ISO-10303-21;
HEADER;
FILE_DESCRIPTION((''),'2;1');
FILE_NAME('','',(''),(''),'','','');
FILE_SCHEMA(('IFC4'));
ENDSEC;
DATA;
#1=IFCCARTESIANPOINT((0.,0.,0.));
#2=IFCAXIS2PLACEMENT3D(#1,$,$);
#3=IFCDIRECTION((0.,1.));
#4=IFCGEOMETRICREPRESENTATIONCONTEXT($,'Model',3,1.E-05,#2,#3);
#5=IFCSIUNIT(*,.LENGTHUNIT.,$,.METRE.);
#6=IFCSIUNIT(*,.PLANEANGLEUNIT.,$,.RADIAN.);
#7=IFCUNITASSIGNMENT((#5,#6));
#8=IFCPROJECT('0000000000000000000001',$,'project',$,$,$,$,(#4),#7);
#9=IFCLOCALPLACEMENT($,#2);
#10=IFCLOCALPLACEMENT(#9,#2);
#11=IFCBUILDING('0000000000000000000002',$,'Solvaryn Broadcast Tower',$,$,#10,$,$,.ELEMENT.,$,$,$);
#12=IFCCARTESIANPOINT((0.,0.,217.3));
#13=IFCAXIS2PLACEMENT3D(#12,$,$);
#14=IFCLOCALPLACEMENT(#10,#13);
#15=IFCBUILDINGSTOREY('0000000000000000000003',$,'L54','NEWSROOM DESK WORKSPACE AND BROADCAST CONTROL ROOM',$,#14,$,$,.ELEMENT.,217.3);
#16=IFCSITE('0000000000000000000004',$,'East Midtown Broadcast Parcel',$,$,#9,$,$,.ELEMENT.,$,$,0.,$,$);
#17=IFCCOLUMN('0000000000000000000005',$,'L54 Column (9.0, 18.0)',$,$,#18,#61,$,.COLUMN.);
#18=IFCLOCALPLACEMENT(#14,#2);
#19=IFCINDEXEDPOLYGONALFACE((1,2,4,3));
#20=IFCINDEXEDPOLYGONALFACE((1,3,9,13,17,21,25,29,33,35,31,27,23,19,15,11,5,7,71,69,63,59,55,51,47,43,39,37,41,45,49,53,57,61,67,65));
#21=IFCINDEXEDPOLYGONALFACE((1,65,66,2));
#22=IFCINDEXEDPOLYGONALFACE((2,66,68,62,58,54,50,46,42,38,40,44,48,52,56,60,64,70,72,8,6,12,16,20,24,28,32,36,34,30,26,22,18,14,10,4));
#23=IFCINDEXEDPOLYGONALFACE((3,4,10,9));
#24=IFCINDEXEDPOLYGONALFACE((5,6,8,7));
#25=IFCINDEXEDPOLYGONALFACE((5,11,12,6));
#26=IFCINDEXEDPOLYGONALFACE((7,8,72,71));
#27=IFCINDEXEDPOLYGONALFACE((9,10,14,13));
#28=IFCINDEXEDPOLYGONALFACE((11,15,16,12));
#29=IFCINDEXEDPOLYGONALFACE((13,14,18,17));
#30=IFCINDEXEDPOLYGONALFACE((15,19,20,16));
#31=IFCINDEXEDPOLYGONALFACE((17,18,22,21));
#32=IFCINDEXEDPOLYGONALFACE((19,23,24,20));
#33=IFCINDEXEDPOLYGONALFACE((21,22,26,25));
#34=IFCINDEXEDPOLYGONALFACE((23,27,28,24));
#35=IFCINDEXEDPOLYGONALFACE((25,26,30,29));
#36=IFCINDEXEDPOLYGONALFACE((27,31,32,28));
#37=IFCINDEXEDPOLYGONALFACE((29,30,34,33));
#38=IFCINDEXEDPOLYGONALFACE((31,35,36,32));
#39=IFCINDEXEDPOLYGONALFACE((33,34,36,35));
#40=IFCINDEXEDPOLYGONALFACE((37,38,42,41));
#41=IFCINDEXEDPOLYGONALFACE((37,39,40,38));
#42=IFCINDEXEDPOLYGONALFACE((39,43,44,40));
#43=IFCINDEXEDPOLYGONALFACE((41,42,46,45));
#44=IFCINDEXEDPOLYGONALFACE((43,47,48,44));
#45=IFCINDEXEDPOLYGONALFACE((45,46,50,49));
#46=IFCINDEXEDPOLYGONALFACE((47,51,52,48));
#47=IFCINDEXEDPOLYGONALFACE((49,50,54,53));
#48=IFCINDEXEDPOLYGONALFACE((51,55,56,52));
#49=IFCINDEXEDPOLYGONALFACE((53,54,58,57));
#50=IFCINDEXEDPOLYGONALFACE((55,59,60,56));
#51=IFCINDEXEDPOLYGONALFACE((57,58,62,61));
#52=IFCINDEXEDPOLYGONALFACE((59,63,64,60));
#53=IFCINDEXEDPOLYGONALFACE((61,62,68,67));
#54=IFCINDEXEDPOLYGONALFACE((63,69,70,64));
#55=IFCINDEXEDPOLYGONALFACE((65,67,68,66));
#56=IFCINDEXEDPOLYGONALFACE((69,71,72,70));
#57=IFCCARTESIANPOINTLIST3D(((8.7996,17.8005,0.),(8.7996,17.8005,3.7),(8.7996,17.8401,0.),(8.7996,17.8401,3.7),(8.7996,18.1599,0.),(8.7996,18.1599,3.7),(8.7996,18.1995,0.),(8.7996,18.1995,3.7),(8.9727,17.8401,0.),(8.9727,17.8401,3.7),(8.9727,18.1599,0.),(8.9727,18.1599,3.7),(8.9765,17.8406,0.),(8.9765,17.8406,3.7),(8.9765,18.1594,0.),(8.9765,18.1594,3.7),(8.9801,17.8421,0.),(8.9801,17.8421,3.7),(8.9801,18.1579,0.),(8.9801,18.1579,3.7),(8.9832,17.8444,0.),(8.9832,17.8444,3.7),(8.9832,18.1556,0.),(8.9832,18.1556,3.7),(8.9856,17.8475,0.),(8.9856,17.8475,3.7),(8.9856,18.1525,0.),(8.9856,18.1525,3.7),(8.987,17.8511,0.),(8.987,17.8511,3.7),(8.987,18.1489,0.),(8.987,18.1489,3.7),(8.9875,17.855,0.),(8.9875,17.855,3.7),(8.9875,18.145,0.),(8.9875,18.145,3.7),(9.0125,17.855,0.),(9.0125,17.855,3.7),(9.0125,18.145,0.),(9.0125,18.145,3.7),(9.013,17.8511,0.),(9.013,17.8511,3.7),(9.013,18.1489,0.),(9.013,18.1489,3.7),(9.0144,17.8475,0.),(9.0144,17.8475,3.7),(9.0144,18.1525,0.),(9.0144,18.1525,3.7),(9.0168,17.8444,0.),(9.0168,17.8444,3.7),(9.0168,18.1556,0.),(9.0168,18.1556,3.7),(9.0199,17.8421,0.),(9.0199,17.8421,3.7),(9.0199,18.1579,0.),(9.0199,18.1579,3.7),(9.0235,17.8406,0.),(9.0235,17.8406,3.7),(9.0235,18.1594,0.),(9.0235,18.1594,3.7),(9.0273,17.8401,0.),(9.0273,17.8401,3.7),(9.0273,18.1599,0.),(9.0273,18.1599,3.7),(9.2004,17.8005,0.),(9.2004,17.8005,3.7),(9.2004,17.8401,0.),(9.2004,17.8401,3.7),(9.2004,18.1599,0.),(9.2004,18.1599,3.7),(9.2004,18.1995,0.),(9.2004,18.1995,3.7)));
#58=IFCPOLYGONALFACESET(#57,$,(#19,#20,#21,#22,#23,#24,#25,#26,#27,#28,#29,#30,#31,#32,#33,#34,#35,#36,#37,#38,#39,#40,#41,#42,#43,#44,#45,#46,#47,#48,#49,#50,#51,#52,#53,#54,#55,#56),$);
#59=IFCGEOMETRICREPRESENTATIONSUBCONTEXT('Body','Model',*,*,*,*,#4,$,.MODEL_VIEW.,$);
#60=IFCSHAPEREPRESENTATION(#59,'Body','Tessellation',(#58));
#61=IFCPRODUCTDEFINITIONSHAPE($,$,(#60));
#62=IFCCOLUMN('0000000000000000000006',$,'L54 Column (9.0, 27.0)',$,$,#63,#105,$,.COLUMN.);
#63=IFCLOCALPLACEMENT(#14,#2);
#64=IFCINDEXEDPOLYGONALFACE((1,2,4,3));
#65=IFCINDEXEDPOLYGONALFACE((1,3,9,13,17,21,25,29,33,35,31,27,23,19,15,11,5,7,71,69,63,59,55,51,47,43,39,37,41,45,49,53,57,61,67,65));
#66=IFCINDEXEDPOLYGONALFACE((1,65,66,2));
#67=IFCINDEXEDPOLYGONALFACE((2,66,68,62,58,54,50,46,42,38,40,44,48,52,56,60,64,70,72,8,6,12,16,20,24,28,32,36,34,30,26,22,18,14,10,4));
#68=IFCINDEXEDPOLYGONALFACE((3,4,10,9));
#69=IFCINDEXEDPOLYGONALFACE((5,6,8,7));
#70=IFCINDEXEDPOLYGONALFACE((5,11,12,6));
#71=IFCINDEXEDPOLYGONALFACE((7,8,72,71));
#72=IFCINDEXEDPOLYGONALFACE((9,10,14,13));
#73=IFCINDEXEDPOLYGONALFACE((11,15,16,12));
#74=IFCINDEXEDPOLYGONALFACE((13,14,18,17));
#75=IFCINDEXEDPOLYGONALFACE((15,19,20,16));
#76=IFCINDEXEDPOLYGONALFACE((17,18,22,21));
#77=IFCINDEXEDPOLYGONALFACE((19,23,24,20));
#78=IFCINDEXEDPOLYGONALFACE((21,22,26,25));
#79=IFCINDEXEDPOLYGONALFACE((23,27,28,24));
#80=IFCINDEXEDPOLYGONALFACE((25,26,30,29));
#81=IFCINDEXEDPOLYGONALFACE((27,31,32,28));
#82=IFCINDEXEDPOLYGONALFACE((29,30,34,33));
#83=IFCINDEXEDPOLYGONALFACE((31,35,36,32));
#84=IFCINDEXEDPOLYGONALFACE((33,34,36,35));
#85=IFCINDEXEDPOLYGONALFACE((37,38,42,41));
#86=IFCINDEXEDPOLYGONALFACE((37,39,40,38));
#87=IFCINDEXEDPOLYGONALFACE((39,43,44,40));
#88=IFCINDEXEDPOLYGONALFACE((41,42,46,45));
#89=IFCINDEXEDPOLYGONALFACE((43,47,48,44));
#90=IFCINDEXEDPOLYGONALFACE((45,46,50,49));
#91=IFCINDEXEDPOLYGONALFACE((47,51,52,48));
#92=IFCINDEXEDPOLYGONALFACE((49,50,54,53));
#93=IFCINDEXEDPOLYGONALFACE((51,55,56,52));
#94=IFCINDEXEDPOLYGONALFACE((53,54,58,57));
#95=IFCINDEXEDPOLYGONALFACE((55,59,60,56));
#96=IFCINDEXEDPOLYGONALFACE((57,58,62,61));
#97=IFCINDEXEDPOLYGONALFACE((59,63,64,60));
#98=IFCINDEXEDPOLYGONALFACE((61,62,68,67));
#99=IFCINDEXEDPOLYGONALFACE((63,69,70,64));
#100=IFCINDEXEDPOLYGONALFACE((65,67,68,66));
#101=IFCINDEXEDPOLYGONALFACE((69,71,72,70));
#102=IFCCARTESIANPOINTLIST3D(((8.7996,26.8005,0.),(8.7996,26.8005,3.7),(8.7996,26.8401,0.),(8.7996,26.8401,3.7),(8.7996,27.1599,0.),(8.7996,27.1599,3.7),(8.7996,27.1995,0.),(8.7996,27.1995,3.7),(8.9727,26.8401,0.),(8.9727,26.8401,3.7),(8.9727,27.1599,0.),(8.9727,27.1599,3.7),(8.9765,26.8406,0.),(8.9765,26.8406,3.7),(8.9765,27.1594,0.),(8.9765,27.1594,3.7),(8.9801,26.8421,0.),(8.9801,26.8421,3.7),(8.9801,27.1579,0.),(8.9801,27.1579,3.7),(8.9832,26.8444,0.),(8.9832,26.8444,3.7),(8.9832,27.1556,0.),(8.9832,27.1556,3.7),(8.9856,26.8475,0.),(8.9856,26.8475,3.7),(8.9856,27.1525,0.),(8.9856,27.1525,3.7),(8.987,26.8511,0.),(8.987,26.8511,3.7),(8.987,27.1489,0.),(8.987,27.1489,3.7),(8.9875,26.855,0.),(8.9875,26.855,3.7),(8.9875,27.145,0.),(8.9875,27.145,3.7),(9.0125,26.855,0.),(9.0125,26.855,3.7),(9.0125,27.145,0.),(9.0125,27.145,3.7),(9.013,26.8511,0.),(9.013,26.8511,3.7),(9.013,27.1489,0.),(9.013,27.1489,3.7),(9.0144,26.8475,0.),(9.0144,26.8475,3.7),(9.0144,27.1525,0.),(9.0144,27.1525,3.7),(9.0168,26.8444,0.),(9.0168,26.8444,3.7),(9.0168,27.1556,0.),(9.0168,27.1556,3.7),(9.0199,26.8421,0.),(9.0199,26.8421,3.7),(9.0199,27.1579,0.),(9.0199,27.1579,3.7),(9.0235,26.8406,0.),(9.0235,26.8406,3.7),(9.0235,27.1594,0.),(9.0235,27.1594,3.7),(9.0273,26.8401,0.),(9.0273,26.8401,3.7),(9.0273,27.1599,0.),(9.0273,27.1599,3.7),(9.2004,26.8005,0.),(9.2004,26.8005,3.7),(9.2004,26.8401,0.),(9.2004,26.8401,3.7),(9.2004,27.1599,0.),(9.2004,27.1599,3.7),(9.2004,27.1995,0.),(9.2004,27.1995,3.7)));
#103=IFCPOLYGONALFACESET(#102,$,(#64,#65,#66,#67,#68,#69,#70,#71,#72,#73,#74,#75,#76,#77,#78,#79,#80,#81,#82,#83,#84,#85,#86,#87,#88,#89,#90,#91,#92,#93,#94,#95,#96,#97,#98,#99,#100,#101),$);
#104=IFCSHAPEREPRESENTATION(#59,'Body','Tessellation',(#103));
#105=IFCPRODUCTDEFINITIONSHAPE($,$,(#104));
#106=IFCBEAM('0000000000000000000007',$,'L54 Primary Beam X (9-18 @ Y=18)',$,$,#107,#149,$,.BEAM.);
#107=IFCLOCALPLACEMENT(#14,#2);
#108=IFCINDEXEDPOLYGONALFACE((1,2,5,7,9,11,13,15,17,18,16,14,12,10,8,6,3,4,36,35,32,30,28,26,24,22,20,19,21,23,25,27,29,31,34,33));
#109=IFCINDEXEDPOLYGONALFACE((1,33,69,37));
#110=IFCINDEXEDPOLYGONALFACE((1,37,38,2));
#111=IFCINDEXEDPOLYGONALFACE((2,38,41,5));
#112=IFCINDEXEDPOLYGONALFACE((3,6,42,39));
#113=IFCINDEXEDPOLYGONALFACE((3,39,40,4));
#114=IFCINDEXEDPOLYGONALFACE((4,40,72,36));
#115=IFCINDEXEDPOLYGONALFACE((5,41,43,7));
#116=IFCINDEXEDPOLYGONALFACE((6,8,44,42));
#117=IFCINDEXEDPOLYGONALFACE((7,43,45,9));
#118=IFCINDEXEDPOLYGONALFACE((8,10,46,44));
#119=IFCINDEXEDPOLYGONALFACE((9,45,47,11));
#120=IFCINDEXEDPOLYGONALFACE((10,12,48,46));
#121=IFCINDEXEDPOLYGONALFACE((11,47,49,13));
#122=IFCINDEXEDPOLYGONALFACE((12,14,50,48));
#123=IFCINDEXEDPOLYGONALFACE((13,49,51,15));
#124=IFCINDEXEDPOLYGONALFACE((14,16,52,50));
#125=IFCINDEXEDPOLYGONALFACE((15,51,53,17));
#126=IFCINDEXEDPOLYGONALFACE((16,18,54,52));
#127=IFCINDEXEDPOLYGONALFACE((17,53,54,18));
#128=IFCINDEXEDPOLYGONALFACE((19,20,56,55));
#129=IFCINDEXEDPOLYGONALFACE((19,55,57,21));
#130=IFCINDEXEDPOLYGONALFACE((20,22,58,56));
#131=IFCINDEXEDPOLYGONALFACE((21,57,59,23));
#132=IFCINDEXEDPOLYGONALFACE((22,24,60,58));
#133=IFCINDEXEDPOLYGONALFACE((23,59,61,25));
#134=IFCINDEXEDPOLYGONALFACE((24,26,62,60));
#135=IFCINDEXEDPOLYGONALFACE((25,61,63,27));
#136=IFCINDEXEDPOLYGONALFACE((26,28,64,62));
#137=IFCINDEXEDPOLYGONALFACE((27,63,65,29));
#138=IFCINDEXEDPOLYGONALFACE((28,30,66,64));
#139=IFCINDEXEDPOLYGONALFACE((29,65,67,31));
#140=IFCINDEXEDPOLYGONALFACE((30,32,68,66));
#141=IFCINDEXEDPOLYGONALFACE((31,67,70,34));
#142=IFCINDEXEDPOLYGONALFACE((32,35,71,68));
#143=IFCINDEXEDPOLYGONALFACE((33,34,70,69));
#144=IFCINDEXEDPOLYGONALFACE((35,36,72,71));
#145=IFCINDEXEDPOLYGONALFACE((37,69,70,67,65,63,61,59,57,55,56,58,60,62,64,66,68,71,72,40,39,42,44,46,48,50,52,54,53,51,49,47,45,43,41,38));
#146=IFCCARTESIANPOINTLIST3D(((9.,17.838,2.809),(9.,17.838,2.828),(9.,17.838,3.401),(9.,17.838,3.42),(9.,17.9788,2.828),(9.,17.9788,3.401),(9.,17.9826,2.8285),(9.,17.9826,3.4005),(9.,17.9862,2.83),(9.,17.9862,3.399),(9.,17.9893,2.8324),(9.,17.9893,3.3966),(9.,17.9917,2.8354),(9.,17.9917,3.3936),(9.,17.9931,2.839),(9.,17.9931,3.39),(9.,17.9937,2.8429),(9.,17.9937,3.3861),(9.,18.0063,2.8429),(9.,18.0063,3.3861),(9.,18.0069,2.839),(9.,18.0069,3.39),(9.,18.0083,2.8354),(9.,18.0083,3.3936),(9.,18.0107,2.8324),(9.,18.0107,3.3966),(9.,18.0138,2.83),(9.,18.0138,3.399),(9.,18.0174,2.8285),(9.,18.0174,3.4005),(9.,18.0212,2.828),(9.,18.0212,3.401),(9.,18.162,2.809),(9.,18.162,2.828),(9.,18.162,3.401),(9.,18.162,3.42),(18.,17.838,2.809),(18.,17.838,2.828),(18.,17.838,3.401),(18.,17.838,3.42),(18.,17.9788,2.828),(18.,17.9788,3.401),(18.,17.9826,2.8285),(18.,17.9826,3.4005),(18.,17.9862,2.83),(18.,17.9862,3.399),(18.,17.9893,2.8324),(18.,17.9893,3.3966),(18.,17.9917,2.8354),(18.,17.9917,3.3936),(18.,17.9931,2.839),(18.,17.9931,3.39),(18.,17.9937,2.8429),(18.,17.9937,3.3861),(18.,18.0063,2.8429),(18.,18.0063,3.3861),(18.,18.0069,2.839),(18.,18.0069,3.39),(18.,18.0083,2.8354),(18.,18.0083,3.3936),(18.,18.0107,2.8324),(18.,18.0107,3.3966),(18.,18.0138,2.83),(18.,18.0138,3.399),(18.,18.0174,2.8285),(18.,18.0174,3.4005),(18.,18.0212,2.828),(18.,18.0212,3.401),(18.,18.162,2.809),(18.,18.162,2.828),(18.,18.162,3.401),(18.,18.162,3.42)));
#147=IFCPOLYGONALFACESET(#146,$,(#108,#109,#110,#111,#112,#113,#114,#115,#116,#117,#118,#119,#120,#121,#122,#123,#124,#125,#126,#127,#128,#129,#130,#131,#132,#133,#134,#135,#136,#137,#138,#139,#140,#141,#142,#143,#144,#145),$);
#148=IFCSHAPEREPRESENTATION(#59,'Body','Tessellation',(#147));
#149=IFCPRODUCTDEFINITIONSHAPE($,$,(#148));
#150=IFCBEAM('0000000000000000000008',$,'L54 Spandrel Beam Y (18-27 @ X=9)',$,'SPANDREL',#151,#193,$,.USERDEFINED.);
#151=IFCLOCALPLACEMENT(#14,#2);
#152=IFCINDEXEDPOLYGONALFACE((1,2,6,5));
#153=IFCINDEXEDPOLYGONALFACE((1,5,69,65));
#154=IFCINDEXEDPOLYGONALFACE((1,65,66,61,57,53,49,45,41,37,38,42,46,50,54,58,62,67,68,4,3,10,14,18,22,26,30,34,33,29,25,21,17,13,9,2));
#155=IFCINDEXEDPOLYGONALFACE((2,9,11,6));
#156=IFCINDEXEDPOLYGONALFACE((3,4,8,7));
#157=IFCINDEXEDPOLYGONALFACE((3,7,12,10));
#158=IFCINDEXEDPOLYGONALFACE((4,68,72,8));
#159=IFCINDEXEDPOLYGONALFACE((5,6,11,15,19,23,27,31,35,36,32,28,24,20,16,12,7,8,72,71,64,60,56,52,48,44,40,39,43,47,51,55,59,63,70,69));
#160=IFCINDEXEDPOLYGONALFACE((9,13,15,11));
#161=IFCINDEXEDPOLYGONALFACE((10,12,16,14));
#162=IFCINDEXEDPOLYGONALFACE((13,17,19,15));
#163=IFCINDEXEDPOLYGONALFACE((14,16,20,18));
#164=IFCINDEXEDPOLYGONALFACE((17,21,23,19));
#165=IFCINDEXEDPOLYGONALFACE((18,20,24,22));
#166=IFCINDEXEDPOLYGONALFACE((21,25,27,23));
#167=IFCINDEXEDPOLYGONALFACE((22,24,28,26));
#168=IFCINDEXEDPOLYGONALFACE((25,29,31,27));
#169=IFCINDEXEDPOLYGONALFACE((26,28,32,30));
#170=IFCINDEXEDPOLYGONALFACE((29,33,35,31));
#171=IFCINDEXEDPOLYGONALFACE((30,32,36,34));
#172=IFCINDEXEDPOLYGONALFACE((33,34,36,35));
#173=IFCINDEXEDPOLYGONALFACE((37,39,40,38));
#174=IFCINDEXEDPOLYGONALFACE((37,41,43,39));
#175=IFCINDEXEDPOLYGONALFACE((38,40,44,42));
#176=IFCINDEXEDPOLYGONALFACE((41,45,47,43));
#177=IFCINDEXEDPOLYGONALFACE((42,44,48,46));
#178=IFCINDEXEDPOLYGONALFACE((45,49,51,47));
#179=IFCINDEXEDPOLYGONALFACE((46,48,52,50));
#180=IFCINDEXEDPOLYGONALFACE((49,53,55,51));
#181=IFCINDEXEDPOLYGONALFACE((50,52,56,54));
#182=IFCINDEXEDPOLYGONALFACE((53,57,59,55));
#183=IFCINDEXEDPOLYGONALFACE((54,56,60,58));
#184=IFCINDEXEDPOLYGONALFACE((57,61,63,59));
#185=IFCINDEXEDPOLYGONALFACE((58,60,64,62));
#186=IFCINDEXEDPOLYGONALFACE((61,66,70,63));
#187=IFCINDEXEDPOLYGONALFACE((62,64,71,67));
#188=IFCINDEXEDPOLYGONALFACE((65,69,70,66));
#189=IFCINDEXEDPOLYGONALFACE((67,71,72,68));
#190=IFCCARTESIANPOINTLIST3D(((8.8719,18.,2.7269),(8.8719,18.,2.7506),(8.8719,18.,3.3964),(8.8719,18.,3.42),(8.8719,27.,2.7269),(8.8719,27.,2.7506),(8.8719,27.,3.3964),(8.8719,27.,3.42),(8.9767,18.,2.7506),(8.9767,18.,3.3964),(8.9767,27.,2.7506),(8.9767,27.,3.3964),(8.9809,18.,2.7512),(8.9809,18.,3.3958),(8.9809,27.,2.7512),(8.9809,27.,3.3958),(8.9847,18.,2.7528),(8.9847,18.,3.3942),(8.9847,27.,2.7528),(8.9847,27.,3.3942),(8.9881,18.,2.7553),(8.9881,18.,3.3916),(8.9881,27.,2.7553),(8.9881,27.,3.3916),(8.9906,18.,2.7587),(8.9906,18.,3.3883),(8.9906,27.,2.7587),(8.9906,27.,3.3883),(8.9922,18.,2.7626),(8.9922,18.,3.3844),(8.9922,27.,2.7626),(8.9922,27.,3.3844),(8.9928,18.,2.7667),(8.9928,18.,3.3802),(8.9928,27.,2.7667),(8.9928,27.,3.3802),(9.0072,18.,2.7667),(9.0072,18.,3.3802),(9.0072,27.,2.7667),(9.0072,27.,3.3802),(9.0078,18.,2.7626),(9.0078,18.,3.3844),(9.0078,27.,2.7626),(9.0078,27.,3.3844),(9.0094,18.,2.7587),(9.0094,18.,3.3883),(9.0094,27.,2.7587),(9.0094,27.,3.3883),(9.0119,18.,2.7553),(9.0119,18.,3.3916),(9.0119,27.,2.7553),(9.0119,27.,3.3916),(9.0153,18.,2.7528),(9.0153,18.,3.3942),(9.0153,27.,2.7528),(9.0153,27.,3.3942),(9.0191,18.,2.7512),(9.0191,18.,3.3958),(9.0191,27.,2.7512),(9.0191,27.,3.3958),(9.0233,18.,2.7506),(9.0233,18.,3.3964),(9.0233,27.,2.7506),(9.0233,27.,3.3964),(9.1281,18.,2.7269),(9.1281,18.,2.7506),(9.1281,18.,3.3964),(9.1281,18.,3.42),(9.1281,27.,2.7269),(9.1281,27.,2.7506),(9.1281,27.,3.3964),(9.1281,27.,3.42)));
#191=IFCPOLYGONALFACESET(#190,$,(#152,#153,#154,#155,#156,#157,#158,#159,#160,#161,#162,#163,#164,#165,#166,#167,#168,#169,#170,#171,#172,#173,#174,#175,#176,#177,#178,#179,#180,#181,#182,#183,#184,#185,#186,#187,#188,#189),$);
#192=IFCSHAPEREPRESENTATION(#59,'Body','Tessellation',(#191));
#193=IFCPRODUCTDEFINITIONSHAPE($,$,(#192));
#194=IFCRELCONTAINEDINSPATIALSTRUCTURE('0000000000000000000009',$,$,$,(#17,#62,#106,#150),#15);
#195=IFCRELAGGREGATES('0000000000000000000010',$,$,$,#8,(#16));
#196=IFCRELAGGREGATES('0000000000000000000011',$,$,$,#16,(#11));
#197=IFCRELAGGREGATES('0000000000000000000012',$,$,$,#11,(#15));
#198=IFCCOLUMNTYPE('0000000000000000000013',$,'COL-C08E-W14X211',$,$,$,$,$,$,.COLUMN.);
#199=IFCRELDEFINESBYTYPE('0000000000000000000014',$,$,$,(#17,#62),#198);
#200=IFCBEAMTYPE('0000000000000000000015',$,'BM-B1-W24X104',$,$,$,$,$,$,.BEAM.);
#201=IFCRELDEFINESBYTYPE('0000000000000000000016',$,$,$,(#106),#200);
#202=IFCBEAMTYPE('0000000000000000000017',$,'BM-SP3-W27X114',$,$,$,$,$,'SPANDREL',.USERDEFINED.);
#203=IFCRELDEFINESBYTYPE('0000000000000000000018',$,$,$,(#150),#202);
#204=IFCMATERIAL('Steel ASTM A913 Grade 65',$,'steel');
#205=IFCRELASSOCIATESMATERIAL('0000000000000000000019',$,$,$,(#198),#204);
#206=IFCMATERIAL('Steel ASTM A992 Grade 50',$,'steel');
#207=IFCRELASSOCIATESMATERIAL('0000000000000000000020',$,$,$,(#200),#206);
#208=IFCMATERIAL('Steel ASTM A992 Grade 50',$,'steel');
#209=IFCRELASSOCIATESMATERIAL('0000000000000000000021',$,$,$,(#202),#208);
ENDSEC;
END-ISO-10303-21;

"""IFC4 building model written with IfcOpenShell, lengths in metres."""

from ifc_helpers import new_model, si_unit, direction, frame, origin, origin_2d, place, context, subcontext, project, spatial, i_section, extrude, material, material_profile, profile_set, type_object, element, save


model = new_model("IFC4")

# Units and contexts
model_context = context("Model", 3, precision=1e-05, world=origin(), true_north=direction((0.0, 1.0)))
body_context = subcontext(model_context, "Body", "Model", "MODEL_VIEW")
ifc_project = project(units=[si_unit("LENGTHUNIT", "METRE"), si_unit("PLANEANGLEUNIT", "RADIAN")], contexts=[model_context])

# Site, building, storey
site_placement = place(None, origin())
site = spatial("IfcSite", under=ifc_project, at=site_placement, Name="East Midtown Broadcast Parcel", CompositionType="ELEMENT", RefElevation=0.0)
building_placement = place(site_placement, origin())
building = spatial("IfcBuilding", under=site, at=building_placement, Name="Solvaryn Broadcast Tower", CompositionType="ELEMENT")
storey_placement = place(building_placement, frame((0.0, 0.0, 217.3)))
storey = spatial("IfcBuildingStorey", under=building, at=storey_placement, Name="L54", Description="NEWSROOM DESK WORKSPACE AND BROADCAST CONTROL ROOM", CompositionType="ELEMENT", Elevation=217.3)

# Columns
ifc_material_1 = material(Name="Steel ASTM A913 Grade 65", Category="steel")
ifc_material_profile_1 = material_profile(ifc_material_1, i_section(OverallWidth=0.4009, OverallDepth=0.3989, WebThickness=0.0249, FlangeThickness=0.0396, FilletRadius=0.0149, at=origin_2d()))
ifc_profile_set_1 = profile_set([ifc_material_profile_1], Name="Steel ASTM A913 Grade 65")
column_type = type_object("IfcColumnType", Name="COL-C08E-W14X211", PredefinedType="COLUMN", material=ifc_profile_set_1)
for number, where, z_axis, x_axis, name in (
    (1, (9.0, 18.0, 0.0), (0.0, 0.0, 1.0), (1.0, 0.0, 0.0), "L54 Column (9.0, 18.0)"),
    (2, (9.0, 27.0, 0.0), (0.0, 0.0, 1.0), (1.0, 0.0, 0.0), "L54 Column (9.0, 27.0)"),
):
    element("IfcColumn", number, at=place(storey_placement, frame(where, z_axis=z_axis, x_axis=x_axis)), inside=storey, type_object=column_type, Name=name, PredefinedType="COLUMN", context=body_context, shape_type="SweptSolid", body=[
        extrude(i_section(OverallWidth=0.4009, OverallDepth=0.3989, WebThickness=0.0249, FlangeThickness=0.0396, FilletRadius=0.0149, at=origin_2d()), origin(), (0.0, 0.0, 1.0), 3.7),
    ])

# Beams
ifc_material_2 = material(Name="Steel ASTM A992 Grade 50", Category="steel")
ifc_material_profile_2 = material_profile(ifc_material_2, i_section(OverallWidth=0.324, OverallDepth=0.6111, WebThickness=0.0127, FlangeThickness=0.019, FilletRadius=0.0149, at=origin_2d()))
ifc_profile_set_2 = profile_set([ifc_material_profile_2], Name="Steel ASTM A992 Grade 50")
beam_type_1 = type_object("IfcBeamType", Name="BM-B1-W24X104", PredefinedType="BEAM", material=ifc_profile_set_2)
beam_1_placement = place(storey_placement, frame((9.0, 18.0, 3.1145), z_axis=(1.0, 0.0, 0.0), x_axis=(0.0, 1.0, 0.0)))
element("IfcBeam", 3, at=beam_1_placement, inside=storey, type_object=beam_type_1, Name="L54 Primary Beam X (9-18 @ Y=18)", PredefinedType="BEAM", context=body_context, shape_type="SweptSolid", body=[
    extrude(i_section(OverallWidth=0.324, OverallDepth=0.6111, WebThickness=0.0127, FlangeThickness=0.019, FilletRadius=0.0149, at=origin_2d()), origin(), (0.0, 0.0, 1.0), 9.0),
])
ifc_material_3 = material(Name="Steel ASTM A992 Grade 50", Category="steel")
ifc_material_profile_3 = material_profile(ifc_material_3, i_section(OverallWidth=0.2561, OverallDepth=0.6931, WebThickness=0.0144, FlangeThickness=0.0237, FilletRadius=0.0161, at=origin_2d()))
ifc_profile_set_3 = profile_set([ifc_material_profile_3], Name="Steel ASTM A992 Grade 50")
beam_type_2 = type_object("IfcBeamType", Name="BM-SP3-W27X114", ElementType="SPANDREL", PredefinedType="USERDEFINED", material=ifc_profile_set_3)
beam_2_placement = place(storey_placement, frame((9.0, 18.0, 3.0735), z_axis=(0.0, 1.0, 0.0), x_axis=(-1.0, 0.0, 0.0)))
element("IfcBeam", 4, at=beam_2_placement, inside=storey, type_object=beam_type_2, Name="L54 Spandrel Beam Y (18-27 @ X=9)", ObjectType="SPANDREL", PredefinedType="USERDEFINED", context=body_context, shape_type="SweptSolid", body=[
    extrude(i_section(OverallWidth=0.2561, OverallDepth=0.6931, WebThickness=0.0144, FlangeThickness=0.0237, FilletRadius=0.0161, at=origin_2d()), origin(), (0.0, 0.0, 1.0), 9.0),
])

save(model, "model.ifc")
